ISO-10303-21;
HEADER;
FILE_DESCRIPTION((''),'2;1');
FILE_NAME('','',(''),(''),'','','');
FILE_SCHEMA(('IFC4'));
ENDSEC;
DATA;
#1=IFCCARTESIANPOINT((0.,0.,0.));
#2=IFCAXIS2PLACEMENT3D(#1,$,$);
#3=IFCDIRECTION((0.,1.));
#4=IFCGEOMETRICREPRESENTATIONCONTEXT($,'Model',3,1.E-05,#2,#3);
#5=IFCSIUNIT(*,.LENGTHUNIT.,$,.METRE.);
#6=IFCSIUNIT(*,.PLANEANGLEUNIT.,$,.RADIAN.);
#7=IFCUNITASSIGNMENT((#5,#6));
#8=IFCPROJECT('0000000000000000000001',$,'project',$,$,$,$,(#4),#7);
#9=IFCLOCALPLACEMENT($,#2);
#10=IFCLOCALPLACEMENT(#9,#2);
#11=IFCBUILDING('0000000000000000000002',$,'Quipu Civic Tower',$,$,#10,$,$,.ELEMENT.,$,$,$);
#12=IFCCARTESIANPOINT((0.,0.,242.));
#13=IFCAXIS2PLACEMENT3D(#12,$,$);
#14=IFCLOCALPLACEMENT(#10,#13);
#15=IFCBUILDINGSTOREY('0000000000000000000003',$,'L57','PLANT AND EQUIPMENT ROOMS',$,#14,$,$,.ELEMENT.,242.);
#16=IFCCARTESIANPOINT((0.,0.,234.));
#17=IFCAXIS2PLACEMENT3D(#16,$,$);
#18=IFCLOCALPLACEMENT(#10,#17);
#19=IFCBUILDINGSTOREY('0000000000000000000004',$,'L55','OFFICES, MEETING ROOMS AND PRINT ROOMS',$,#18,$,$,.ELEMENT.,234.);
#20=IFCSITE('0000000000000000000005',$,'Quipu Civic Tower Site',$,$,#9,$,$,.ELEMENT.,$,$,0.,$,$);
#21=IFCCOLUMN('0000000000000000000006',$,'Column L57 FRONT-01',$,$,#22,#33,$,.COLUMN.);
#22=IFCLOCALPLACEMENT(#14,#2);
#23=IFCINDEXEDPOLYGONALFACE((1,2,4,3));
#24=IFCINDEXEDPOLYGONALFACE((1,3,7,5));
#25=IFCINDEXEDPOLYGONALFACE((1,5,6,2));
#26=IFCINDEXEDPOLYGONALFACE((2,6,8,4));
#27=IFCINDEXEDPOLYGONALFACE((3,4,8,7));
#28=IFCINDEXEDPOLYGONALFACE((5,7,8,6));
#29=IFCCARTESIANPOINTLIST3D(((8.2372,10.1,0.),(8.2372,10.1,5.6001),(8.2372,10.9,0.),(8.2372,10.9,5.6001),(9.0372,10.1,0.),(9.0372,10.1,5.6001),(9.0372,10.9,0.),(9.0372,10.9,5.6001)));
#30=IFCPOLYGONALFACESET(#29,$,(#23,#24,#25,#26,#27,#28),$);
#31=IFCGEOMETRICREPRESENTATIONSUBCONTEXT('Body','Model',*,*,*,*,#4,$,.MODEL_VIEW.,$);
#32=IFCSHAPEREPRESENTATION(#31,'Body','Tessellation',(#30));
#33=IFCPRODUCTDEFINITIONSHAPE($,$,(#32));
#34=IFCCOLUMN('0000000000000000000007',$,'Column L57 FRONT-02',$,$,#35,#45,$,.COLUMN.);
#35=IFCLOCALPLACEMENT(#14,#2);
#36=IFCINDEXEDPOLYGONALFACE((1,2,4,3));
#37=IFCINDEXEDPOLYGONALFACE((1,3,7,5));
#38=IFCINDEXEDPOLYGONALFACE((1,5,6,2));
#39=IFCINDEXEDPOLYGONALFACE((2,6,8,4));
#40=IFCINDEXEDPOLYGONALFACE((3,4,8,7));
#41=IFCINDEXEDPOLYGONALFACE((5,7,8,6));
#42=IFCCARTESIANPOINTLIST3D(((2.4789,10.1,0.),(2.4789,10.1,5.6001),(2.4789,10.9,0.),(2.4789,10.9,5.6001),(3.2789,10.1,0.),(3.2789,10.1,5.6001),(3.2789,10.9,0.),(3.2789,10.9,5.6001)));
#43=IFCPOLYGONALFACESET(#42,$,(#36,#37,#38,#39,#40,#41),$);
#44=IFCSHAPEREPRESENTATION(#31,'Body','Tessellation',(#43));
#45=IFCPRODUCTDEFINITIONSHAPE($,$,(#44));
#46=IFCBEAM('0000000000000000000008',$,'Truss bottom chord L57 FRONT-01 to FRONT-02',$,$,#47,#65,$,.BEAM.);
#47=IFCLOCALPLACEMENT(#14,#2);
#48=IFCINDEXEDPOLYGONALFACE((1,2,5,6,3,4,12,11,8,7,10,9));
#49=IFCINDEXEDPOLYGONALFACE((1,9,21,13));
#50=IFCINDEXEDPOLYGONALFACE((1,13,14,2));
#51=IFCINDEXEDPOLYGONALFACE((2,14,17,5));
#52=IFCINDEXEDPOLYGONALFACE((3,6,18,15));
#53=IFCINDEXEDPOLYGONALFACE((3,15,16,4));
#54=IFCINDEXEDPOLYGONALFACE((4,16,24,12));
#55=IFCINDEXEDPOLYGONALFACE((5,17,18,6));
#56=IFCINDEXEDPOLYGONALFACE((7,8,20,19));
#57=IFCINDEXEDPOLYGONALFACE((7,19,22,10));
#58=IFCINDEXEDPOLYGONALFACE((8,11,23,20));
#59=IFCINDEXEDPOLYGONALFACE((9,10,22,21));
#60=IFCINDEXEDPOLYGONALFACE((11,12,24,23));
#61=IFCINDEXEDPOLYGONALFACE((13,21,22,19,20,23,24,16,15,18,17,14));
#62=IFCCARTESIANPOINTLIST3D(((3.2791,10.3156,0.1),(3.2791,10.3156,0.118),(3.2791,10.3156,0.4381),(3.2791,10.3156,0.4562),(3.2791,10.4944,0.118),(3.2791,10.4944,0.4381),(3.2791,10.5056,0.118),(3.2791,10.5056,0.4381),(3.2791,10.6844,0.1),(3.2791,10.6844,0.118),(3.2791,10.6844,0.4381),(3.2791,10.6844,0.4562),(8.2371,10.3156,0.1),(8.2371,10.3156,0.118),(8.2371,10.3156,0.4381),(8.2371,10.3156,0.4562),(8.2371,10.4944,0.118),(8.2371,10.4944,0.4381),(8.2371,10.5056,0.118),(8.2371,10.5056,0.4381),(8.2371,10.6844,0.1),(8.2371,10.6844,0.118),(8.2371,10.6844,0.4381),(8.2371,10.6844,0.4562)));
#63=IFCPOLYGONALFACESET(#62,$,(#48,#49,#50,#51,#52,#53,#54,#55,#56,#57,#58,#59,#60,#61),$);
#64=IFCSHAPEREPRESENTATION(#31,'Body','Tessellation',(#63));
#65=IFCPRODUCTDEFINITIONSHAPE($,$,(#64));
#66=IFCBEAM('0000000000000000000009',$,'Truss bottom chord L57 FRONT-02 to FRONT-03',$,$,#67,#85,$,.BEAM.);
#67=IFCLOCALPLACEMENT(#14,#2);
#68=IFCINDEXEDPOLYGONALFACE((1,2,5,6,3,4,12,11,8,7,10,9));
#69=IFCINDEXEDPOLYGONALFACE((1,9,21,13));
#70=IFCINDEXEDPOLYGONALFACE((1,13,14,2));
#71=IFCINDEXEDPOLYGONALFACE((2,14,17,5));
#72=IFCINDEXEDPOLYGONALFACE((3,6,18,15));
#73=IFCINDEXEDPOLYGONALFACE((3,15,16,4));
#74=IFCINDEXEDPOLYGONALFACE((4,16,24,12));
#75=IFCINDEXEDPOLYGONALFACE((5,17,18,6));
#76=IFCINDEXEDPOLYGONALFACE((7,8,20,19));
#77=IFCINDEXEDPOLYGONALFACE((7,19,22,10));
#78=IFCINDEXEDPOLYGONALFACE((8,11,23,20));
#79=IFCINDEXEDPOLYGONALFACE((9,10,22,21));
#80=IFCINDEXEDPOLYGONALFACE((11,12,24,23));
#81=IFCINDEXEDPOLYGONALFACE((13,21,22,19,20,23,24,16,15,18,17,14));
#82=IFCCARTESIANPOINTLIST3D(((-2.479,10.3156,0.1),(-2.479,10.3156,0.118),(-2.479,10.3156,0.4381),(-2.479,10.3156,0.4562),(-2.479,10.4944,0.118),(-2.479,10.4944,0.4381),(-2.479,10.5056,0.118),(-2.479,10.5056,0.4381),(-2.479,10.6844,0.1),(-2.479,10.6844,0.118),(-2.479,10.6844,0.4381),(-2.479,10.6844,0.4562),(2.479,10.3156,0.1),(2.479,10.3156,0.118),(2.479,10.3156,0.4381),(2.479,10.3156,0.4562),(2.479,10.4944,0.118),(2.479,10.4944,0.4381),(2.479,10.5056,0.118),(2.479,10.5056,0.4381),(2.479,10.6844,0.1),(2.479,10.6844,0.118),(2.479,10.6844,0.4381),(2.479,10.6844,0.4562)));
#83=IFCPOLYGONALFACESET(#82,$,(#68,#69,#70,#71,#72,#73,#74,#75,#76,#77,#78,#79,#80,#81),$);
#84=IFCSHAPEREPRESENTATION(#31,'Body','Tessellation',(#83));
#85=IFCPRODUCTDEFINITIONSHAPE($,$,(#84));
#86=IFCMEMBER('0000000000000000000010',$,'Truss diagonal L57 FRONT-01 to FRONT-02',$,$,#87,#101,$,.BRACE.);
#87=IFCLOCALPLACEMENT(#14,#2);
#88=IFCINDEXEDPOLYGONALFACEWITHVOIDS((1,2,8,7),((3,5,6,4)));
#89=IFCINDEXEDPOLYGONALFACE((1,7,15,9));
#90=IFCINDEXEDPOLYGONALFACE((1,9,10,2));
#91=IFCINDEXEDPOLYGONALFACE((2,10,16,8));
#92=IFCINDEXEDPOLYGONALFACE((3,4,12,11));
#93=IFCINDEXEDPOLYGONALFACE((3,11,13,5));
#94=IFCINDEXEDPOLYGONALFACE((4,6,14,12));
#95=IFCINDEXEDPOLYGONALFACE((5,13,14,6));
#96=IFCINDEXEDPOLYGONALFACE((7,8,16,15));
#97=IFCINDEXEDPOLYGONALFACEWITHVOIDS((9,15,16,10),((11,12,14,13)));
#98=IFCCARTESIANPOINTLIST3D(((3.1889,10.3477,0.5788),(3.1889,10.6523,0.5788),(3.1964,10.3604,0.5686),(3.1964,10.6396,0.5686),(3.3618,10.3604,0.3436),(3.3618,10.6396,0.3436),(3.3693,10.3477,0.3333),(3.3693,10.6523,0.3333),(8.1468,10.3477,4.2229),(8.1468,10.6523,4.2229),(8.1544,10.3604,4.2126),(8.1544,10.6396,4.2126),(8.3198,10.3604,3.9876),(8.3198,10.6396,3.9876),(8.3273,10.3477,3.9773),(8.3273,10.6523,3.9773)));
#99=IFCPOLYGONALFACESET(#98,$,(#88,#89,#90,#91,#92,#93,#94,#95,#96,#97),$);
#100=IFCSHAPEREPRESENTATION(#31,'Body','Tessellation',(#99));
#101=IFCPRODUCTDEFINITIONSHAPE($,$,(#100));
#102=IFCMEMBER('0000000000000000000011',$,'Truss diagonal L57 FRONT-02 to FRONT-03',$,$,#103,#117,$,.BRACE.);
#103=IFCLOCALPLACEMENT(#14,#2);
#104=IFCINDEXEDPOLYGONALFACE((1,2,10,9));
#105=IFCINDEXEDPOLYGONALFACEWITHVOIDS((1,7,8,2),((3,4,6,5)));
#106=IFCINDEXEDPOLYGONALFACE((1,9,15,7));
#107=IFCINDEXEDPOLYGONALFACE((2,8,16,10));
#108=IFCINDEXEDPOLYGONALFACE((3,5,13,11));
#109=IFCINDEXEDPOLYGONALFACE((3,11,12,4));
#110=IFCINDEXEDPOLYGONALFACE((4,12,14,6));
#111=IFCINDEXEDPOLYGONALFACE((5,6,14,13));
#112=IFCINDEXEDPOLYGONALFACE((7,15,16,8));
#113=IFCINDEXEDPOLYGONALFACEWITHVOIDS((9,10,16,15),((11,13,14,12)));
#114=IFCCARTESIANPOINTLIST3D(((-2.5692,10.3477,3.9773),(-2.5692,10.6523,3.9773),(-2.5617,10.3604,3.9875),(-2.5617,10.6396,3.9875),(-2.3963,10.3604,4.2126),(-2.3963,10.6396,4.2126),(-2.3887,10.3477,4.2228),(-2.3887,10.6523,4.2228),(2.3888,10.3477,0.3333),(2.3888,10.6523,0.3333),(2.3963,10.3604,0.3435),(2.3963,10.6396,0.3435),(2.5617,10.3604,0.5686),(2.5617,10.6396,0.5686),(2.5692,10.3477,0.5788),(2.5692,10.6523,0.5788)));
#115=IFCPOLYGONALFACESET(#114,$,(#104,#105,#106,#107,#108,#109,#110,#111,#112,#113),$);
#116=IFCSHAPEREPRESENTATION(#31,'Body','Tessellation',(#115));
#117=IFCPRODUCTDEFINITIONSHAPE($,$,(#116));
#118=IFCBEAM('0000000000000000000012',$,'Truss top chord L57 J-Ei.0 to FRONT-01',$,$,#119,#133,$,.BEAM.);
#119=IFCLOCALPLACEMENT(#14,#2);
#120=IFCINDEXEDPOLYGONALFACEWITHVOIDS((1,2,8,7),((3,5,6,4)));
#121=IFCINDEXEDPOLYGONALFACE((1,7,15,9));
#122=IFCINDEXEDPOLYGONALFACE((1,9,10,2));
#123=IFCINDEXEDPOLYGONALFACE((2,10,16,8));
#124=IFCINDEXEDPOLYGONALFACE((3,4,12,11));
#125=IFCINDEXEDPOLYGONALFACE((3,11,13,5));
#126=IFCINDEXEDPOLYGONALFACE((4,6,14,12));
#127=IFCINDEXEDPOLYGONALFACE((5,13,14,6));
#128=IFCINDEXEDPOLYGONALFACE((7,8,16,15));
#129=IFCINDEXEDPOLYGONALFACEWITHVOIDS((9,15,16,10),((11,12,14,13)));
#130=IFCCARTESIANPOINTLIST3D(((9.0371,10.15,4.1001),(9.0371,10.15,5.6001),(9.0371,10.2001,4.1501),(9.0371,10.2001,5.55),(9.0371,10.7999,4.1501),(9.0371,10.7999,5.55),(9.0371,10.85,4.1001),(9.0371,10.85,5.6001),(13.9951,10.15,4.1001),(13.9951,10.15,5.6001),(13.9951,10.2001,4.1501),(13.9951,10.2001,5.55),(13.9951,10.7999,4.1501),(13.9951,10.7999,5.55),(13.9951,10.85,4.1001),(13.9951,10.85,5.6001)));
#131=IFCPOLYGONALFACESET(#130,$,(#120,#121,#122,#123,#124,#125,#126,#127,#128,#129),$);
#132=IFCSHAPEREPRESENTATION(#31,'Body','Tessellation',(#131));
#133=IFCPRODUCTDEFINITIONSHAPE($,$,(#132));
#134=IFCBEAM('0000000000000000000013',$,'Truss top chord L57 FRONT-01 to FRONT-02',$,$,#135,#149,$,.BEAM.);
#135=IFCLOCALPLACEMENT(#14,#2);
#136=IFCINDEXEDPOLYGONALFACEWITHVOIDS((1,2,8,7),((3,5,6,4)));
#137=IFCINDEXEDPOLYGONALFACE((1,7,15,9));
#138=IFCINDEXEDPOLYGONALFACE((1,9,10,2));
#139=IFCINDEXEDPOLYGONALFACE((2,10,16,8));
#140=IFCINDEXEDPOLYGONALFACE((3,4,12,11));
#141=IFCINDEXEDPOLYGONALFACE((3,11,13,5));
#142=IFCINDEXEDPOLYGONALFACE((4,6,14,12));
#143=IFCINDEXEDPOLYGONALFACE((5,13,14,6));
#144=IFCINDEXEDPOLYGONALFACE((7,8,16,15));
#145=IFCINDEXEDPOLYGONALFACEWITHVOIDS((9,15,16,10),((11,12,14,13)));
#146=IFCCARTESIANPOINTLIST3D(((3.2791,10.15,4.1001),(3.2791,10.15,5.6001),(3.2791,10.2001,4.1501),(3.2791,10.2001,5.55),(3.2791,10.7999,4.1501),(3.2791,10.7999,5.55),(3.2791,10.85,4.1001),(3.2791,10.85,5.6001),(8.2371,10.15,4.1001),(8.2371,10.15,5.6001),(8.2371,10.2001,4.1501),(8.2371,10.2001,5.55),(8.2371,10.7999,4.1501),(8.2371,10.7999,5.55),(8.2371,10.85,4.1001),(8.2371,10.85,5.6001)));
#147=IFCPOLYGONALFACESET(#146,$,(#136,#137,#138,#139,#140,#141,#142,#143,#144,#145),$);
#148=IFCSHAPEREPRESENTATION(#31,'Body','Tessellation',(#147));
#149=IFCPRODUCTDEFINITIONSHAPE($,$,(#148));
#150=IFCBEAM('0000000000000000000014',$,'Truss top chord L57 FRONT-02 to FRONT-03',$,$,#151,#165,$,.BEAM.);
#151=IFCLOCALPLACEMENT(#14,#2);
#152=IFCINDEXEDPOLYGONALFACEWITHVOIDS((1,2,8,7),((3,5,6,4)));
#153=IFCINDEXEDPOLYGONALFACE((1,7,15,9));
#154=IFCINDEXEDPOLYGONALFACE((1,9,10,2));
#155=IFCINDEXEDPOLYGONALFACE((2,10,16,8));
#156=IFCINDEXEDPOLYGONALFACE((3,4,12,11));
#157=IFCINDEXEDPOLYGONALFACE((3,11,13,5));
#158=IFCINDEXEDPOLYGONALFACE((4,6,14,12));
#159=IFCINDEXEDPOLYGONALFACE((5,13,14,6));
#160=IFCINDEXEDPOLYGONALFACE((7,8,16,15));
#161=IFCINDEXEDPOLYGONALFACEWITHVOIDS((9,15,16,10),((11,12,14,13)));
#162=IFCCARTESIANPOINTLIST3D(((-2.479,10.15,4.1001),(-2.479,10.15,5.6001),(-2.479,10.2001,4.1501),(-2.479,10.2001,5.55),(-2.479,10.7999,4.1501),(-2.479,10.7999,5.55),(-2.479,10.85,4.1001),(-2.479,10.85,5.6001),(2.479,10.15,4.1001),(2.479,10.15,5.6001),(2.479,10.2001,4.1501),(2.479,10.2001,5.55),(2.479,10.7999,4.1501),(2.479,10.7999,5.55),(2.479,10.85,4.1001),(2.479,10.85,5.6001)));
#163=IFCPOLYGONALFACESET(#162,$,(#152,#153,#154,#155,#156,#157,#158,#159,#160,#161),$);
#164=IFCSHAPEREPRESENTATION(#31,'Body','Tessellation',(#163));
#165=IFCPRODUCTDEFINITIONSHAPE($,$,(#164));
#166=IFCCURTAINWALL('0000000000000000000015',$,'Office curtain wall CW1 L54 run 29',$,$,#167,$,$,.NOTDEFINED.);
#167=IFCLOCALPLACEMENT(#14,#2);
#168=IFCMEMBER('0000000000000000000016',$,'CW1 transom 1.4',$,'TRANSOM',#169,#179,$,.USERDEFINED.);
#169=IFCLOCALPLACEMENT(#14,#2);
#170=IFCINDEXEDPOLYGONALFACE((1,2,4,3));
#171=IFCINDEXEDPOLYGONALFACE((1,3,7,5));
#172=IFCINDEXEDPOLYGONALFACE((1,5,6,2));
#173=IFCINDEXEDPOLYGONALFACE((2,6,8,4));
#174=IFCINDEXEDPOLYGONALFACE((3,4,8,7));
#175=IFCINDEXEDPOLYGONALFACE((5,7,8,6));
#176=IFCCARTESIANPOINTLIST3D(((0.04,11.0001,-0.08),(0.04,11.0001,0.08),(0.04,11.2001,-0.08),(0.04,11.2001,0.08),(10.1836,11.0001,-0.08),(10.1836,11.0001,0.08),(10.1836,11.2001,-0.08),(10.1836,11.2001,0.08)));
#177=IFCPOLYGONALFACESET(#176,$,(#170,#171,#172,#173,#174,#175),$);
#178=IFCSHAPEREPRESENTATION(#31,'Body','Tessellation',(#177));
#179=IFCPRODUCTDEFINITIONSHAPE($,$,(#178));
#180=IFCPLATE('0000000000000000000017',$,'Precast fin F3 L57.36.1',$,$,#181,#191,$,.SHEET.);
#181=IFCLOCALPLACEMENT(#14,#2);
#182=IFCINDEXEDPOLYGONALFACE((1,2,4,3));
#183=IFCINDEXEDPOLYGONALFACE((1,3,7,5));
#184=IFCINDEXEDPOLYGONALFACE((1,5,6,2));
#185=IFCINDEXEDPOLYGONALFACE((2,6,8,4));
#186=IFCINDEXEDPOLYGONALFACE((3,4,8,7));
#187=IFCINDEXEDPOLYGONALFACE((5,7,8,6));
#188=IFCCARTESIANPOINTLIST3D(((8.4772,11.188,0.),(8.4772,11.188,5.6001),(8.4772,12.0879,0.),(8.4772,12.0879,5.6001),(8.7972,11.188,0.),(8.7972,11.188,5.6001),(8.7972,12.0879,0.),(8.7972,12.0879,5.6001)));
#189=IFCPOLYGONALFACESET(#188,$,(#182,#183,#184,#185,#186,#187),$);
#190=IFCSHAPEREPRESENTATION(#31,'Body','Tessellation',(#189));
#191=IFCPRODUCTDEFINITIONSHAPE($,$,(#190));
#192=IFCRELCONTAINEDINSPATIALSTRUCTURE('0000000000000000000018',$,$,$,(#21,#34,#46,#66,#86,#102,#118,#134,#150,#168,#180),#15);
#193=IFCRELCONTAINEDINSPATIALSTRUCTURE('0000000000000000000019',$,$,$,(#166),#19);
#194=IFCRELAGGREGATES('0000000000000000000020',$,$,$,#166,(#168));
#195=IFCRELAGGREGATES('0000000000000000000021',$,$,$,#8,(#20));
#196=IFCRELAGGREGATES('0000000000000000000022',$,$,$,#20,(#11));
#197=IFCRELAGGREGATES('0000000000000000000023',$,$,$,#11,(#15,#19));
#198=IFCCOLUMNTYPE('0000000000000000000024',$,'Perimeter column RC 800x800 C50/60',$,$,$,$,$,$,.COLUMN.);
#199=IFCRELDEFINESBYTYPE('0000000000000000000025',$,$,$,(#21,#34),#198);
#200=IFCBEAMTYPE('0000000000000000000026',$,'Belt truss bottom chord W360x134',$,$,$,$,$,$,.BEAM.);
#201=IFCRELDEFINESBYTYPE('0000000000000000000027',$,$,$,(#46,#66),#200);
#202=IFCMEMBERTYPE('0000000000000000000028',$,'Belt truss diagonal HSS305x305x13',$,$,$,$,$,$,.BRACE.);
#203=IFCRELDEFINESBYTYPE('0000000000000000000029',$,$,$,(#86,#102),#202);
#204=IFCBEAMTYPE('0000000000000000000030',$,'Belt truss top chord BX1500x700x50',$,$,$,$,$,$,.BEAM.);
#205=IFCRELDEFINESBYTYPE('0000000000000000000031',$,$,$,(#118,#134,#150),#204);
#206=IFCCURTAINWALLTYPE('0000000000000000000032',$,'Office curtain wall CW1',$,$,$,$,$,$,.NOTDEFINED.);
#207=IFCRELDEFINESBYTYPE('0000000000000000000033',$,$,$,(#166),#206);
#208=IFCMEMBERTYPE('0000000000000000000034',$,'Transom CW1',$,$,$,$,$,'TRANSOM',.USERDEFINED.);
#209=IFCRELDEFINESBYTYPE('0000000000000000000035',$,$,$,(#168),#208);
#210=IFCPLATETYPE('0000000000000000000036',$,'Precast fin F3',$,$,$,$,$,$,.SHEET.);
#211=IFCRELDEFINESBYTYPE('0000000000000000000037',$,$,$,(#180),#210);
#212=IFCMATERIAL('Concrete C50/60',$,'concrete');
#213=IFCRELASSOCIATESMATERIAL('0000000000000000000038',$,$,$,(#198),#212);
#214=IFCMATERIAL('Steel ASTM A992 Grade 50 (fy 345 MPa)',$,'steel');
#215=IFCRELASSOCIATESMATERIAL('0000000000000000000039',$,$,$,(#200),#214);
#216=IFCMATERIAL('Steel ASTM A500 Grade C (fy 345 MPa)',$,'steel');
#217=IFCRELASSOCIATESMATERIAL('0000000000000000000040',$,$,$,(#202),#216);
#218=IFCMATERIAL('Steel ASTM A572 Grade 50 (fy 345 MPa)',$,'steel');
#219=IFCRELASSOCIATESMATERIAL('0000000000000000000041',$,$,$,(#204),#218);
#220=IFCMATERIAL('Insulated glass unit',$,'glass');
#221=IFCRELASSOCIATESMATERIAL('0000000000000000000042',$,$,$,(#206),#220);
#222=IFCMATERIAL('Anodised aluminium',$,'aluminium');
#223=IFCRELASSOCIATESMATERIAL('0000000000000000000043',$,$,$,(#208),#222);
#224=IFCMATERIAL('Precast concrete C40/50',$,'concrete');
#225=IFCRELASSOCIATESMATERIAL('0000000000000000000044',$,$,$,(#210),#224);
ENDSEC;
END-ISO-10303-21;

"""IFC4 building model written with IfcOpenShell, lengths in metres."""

from ifc_helpers import new_model, si_unit, direction, frame, origin, origin_2d, place, context, subcontext, project, spatial, rectangle, hollow_rectangle, i_section, extrude, material, material_profile, profile_set, type_object, element, aggregate, save


model = new_model("IFC4")

# Units and contexts
model_context = context("Model", 3, precision=1e-05, world=origin(), true_north=direction((0.0, 1.0)))
body_context = subcontext(model_context, "Body", "Model", "MODEL_VIEW")
ifc_project = project(units=[si_unit("LENGTHUNIT", "METRE"), si_unit("PLANEANGLEUNIT", "RADIAN")], contexts=[model_context])

# Site, building, storey
site_placement = place(None, origin())
site = spatial("IfcSite", under=ifc_project, at=site_placement, Name="Quipu Civic Tower Site", CompositionType="ELEMENT", RefElevation=0.0)
building_placement = place(site_placement, origin())
building = spatial("IfcBuilding", under=site, at=building_placement, Name="Quipu Civic Tower", CompositionType="ELEMENT")
storey_1_placement = place(building_placement, frame((0.0, 0.0, 242.0)))
storey_1 = spatial("IfcBuildingStorey", under=building, at=storey_1_placement, Name="L57", Description="PLANT AND EQUIPMENT ROOMS", CompositionType="ELEMENT", Elevation=242.0)

# Columns
ifc_material_1 = material(Name="Concrete C50/60", Category="concrete")
ifc_material_profile_1 = material_profile(ifc_material_1, rectangle(XDim=0.8, YDim=0.8, at=origin_2d()), Name="RC800x800")
ifc_profile_set_1 = profile_set([ifc_material_profile_1], Name="Concrete C50/60")
column_type = type_object("IfcColumnType", Name="Perimeter column RC 800x800 C50/60", PredefinedType="COLUMN", material=ifc_profile_set_1)
for number, where, z_axis, x_axis, name in (
    (1, (8.6372, 10.5, 0.0), (0.0, 0.0, 1.0), (-1.0, 0.0, 0.0), "Column L57 FRONT-01"),
    (2, (2.8789, 10.5, 0.0), (0.0, 0.0, 1.0), (-1.0, 0.0, 0.0), "Column L57 FRONT-02"),
):
    element("IfcColumn", number, at=place(storey_1_placement, frame(where, z_axis=z_axis, x_axis=x_axis)), inside=storey_1, type_object=column_type, Name=name, PredefinedType="COLUMN", context=body_context, shape_type="SweptSolid", body=[
        extrude(rectangle(XDim=0.8, YDim=0.8, at=origin_2d()), origin(), (0.0, 0.0, 1.0), 5.6001),
    ])

# Beams
ifc_material_2 = material(Name="Steel ASTM A992 Grade 50 (fy 345 MPa)", Category="steel")
ifc_material_profile_2 = material_profile(ifc_material_2, i_section(OverallWidth=0.3689, OverallDepth=0.3562, WebThickness=0.0112, FlangeThickness=0.0181, at=origin_2d()), Name="W360x134")
ifc_profile_set_2 = profile_set([ifc_material_profile_2], Name="Steel ASTM A992 Grade 50 (fy 345 MPa)")
beam_type_1 = type_object("IfcBeamType", Name="Belt truss bottom chord W360x134", PredefinedType="BEAM", material=ifc_profile_set_2)
for number, where, z_axis, x_axis, name in (
    (3, (8.2371, 10.5, 0.2781), (-1.0, 0.0, 0.0), (0.0, -1.0, 0.0), "Truss bottom chord L57 FRONT-01 to FRONT-02"),
    (4, (2.479, 10.5, 0.2781), (-1.0, 0.0, 0.0), (0.0, -1.0, 0.0), "Truss bottom chord L57 FRONT-02 to FRONT-03"),
):
    element("IfcBeam", number, at=place(storey_1_placement, frame(where, z_axis=z_axis, x_axis=x_axis)), inside=storey_1, type_object=beam_type_1, Name=name, PredefinedType="BEAM", context=body_context, shape_type="SweptSolid", body=[
        extrude(i_section(OverallWidth=0.3689, OverallDepth=0.3562, WebThickness=0.0112, FlangeThickness=0.0181, at=origin_2d()), origin(), (0.0, 0.0, 1.0), 4.958),
    ])

# Members
ifc_material_3 = material(Name="Steel ASTM A500 Grade C (fy 345 MPa)", Category="steel")
ifc_material_profile_3 = material_profile(ifc_material_3, hollow_rectangle(XDim=0.3047, YDim=0.3047, WallThickness=0.0127, at=origin_2d()), Name="HSS305x305x13")
ifc_profile_set_3 = profile_set([ifc_material_profile_3], Name="Steel ASTM A500 Grade C (fy 345 MPa)")
member_type_1 = type_object("IfcMemberType", Name="Belt truss diagonal HSS305x305x13", PredefinedType="BRACE", material=ifc_profile_set_3)
for number, where, z_axis, x_axis, name in (
    (5, (8.2371, 10.5, 4.1001), (-0.805771, 0.0, -0.592227), (0.0, -1.0, 0.0), "Truss diagonal L57 FRONT-01 to FRONT-02"),
    (6, (2.479, 10.5, 0.4561), (-0.805771, 0.0, 0.592227), (0.0, -1.0, 0.0), "Truss diagonal L57 FRONT-02 to FRONT-03"),
):
    element("IfcMember", number, at=place(storey_1_placement, frame(where, z_axis=z_axis, x_axis=x_axis)), inside=storey_1, type_object=member_type_1, Name=name, PredefinedType="BRACE", context=body_context, shape_type="SweptSolid", body=[
        extrude(hollow_rectangle(XDim=0.3047, YDim=0.3047, WallThickness=0.0127, at=origin_2d()), origin(), (0.0, 0.0, 1.0), 6.1531),
    ])

# Beams
ifc_material_4 = material(Name="Steel ASTM A572 Grade 50 (fy 345 MPa)", Category="steel")
ifc_material_profile_4 = material_profile(ifc_material_4, hollow_rectangle(XDim=0.7, YDim=1.5, WallThickness=0.05, at=origin_2d()), Name="BX1500x700x50")
ifc_profile_set_4 = profile_set([ifc_material_profile_4], Name="Steel ASTM A572 Grade 50 (fy 345 MPa)")
beam_type_2 = type_object("IfcBeamType", Name="Belt truss top chord BX1500x700x50", PredefinedType="BEAM", material=ifc_profile_set_4)
for number, where, z_axis, x_axis, name in (
    (7, (13.9951, 10.5, 4.8501), (-1.0, 0.0, 0.0), (0.0, -1.0, 0.0), "Truss top chord L57 J-Ei.0 to FRONT-01"),
    (8, (8.2371, 10.5, 4.8501), (-1.0, 0.0, 0.0), (0.0, -1.0, 0.0), "Truss top chord L57 FRONT-01 to FRONT-02"),
    (9, (2.479, 10.5, 4.8501), (-1.0, 0.0, 0.0), (0.0, -1.0, 0.0), "Truss top chord L57 FRONT-02 to FRONT-03"),
):
    element("IfcBeam", number, at=place(storey_1_placement, frame(where, z_axis=z_axis, x_axis=x_axis)), inside=storey_1, type_object=beam_type_2, Name=name, PredefinedType="BEAM", context=body_context, shape_type="SweptSolid", body=[
        extrude(hollow_rectangle(XDim=0.7, YDim=1.5, WallThickness=0.05, at=origin_2d()), origin(), (0.0, 0.0, 1.0), 4.958),
    ])

# Shared definitions
storey_2_placement = place(building_placement, frame((0.0, 0.0, 234.0)))
storey_2 = spatial("IfcBuildingStorey", under=building, at=storey_2_placement, Name="L55", Description="OFFICES, MEETING ROOMS AND PRINT ROOMS", CompositionType="ELEMENT", Elevation=234.0)

# Curtain wall, member
ifc_material_5 = material(Name="Insulated glass unit", Category="glass")
curtain_wall_type = type_object("IfcCurtainWallType", Name="Office curtain wall CW1", PredefinedType="NOTDEFINED", material=ifc_material_5)
curtain_wall_placement = place(storey_2_placement, origin())
curtain_wall = element("IfcCurtainWall", 10, at=curtain_wall_placement, inside=storey_2, type_object=curtain_wall_type, Name="Office curtain wall CW1 L54 run 29", PredefinedType="NOTDEFINED")
ifc_material_6 = material(Name="Anodised aluminium", Category="aluminium")
ifc_material_profile_5 = material_profile(ifc_material_6, rectangle(XDim=0.2, YDim=0.1599, at=origin_2d()), Name="RECT 200x160")
ifc_profile_set_5 = profile_set([ifc_material_profile_5], Name="Anodised aluminium")
member_type_2 = type_object("IfcMemberType", Name="Transom CW1", ElementType="TRANSOM", PredefinedType="USERDEFINED", material=ifc_profile_set_5)
member_placement = place(storey_1_placement, frame((10.1836, 11.1001, 0.0), z_axis=(-1.0, 0.0, 0.0), x_axis=(0.0, -1.0, 0.0)))
member = element("IfcMember", 11, at=member_placement, inside=storey_1, type_object=member_type_2, Name="CW1 transom 1.4", ObjectType="TRANSOM", PredefinedType="USERDEFINED", context=body_context, shape_type="SweptSolid", body=[
    extrude(rectangle(XDim=0.2, YDim=0.1599, at=origin_2d()), origin(), (0.0, 0.0, 1.0), 10.1436),
])
aggregate(curtain_wall, [member])

# Plate
ifc_material_7 = material(Name="Precast concrete C40/50", Category="concrete")
plate_type = type_object("IfcPlateType", Name="Precast fin F3", PredefinedType="SHEET", material=ifc_material_7)
for number, where, z_axis, x_axis, name in (
    (12, (8.6372, 11.6379, 0.0), (0.0, 0.0, 1.0), (-1.0, 0.0, 0.0), "Precast fin F3 L57.36.1"),
):
    element("IfcPlate", number, at=place(storey_1_placement, frame(where, z_axis=z_axis, x_axis=x_axis)), inside=storey_1, type_object=plate_type, Name=name, PredefinedType="SHEET", context=body_context, shape_type="SweptSolid", body=[
        extrude(rectangle(XDim=0.3201, YDim=0.8999, at=origin_2d()), origin(), (0.0, 0.0, 1.0), 5.6001),
    ])

save(model, "model.ifc")
